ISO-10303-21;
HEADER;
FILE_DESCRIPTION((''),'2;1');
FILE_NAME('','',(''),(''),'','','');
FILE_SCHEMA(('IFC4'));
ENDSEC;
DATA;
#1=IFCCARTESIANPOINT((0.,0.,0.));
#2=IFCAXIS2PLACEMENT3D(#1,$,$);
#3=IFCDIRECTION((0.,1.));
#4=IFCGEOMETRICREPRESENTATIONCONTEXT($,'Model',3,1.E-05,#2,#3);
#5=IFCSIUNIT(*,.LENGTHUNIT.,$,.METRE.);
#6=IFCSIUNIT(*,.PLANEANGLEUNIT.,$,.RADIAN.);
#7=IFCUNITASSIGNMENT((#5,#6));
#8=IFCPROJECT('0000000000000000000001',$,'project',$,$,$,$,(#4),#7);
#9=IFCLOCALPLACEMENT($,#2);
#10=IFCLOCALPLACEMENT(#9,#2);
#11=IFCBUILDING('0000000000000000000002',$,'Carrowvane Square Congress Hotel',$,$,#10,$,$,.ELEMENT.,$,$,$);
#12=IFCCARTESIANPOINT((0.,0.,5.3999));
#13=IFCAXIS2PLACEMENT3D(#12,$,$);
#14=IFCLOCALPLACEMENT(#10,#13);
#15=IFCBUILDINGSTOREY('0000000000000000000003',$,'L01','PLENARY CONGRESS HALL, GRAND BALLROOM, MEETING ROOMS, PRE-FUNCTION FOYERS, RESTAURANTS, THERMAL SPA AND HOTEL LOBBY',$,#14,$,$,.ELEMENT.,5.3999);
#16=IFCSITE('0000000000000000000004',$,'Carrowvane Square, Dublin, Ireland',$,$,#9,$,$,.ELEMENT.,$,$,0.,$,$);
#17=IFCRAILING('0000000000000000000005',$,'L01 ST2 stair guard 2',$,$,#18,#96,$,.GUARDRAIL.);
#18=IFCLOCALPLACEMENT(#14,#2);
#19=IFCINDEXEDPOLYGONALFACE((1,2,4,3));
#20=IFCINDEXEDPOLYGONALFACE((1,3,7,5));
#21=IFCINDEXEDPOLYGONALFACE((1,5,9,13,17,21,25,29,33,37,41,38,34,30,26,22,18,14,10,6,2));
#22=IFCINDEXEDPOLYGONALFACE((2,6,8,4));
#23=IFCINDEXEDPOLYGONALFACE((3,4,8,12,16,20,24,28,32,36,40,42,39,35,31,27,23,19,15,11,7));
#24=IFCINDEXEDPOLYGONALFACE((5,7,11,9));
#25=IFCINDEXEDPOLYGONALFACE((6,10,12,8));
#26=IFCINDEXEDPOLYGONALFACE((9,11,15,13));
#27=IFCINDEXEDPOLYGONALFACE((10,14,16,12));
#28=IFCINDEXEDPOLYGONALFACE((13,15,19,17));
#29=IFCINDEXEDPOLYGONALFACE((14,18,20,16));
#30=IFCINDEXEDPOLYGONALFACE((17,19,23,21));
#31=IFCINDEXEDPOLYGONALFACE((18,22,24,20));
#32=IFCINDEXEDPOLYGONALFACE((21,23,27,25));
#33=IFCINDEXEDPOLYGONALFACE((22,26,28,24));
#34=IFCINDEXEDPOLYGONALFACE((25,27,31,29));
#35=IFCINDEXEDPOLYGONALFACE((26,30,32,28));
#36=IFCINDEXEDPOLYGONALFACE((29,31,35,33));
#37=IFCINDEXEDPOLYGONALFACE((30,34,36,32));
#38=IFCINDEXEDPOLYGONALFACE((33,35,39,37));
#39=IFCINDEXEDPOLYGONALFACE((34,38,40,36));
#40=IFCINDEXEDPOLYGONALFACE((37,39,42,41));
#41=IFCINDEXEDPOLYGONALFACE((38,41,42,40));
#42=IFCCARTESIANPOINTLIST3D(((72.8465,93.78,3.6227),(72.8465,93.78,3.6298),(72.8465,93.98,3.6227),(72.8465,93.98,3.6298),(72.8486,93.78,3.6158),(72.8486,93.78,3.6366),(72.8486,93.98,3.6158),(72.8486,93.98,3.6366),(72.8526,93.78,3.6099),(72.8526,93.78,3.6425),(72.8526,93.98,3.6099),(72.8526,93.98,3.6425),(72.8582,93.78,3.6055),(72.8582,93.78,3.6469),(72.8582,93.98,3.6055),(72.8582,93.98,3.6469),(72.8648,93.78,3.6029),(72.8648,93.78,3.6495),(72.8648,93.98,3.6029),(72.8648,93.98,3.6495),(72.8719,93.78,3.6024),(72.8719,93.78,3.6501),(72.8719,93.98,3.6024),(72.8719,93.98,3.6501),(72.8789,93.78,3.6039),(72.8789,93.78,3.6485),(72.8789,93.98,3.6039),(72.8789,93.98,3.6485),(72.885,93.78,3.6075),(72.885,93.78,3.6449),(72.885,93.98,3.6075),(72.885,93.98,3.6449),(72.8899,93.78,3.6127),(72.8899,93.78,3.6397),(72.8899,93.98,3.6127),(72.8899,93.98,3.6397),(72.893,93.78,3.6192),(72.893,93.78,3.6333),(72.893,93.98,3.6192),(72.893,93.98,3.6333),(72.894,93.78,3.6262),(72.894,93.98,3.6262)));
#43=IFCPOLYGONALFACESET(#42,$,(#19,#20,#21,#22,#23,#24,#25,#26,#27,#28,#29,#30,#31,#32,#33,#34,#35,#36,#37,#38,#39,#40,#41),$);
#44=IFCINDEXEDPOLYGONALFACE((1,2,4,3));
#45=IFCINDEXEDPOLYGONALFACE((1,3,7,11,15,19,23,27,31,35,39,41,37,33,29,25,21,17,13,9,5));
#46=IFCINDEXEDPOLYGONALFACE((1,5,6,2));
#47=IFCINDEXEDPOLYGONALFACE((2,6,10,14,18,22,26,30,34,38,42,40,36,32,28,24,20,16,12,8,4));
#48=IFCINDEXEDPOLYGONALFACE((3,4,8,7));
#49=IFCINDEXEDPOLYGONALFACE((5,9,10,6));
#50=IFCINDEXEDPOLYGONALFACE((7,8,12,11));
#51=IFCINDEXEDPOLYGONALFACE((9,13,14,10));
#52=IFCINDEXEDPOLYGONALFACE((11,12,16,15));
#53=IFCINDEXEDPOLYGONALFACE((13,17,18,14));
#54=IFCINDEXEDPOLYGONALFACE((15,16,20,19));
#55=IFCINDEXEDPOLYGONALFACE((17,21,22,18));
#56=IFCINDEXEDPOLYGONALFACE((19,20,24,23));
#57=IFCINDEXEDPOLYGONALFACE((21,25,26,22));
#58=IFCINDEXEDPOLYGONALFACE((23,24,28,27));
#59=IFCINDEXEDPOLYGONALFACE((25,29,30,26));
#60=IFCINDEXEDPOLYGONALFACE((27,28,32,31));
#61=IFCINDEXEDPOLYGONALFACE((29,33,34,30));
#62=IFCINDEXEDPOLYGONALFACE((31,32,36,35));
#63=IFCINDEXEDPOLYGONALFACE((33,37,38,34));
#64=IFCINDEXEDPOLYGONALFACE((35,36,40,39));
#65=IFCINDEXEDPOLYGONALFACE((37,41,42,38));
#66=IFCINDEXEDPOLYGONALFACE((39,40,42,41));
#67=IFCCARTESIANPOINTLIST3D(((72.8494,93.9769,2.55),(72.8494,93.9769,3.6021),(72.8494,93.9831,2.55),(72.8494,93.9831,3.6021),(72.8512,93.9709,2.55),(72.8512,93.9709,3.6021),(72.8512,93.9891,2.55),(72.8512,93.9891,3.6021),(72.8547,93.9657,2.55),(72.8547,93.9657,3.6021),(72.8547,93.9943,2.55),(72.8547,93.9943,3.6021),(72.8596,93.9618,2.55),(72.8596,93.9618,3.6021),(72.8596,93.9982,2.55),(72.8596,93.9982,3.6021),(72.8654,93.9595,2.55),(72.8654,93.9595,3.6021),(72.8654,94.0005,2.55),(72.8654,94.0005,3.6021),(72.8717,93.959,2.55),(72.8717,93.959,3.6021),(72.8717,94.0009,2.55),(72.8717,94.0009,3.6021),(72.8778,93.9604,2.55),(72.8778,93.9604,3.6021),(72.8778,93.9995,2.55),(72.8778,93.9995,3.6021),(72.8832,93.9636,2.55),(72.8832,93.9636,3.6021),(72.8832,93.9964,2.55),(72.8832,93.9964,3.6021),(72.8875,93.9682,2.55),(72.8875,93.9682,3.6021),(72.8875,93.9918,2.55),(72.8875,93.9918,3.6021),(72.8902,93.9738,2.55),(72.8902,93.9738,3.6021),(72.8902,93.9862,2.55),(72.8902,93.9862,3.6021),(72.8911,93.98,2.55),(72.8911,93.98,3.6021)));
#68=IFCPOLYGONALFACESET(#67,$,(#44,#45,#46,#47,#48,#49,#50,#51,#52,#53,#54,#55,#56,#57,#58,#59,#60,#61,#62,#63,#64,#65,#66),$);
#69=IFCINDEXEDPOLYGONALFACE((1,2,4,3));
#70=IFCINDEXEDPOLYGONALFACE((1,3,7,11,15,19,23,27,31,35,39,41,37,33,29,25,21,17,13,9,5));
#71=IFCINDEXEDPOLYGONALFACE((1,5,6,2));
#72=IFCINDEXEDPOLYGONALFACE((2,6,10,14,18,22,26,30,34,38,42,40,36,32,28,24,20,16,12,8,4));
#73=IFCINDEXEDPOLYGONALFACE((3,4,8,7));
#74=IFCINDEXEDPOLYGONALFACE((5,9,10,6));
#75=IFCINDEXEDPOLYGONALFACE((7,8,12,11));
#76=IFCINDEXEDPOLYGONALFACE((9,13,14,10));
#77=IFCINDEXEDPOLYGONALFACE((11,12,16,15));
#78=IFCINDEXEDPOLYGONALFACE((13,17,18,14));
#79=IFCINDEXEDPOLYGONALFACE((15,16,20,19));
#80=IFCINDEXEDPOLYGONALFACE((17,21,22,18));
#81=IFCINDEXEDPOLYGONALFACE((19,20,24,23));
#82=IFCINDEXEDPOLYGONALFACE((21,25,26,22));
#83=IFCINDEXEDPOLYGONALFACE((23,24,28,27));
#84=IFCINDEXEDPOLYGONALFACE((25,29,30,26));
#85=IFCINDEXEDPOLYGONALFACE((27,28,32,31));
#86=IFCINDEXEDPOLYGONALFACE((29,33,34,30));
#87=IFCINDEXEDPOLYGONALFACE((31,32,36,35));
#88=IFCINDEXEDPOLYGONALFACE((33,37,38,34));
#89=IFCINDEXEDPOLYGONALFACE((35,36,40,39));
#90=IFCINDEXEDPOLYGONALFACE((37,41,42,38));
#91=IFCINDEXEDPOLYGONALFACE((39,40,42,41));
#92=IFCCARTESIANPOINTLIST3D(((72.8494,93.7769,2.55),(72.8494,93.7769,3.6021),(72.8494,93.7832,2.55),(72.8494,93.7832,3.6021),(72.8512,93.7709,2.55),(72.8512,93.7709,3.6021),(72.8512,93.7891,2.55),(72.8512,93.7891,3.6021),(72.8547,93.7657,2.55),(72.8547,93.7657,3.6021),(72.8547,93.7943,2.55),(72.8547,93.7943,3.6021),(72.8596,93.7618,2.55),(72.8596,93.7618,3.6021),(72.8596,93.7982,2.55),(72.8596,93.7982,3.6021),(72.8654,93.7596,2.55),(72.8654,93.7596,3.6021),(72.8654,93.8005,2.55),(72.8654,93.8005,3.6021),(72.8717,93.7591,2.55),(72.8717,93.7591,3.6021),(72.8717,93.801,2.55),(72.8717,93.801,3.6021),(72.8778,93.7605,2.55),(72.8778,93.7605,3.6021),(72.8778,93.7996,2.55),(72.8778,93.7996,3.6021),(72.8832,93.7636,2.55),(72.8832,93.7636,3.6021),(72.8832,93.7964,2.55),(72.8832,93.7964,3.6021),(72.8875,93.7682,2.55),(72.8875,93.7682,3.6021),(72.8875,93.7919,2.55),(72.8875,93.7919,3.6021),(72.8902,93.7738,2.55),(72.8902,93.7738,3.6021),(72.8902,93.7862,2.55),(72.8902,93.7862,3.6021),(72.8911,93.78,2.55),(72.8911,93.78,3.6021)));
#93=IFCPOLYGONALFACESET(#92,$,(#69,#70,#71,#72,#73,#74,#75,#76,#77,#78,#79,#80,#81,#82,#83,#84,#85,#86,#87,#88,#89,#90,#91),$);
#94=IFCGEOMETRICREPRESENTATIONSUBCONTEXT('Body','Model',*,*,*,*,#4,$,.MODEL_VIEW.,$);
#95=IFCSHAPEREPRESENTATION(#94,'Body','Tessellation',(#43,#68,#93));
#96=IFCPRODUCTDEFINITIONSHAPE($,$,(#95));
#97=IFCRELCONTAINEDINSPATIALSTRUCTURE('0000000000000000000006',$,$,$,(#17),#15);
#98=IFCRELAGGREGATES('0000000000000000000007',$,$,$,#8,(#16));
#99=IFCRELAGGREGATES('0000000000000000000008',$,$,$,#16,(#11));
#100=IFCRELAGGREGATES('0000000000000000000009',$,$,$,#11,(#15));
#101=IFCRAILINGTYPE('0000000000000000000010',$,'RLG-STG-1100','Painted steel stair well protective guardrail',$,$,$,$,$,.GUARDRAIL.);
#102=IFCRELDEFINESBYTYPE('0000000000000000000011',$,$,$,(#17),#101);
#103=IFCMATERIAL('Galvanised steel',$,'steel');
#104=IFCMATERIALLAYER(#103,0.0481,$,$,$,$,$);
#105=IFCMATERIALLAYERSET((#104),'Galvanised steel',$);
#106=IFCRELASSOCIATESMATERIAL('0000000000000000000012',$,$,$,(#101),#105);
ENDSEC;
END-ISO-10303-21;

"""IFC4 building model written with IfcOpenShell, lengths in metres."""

from ifc_helpers import new_model, si_unit, direction, frame, origin, origin_2d, place, context, subcontext, project, spatial, circle, extrude, material, layer, layer_set, type_object, element, save


model = new_model("IFC4")

# Units and contexts
model_context = context("Model", 3, precision=1e-05, world=origin(), true_north=direction((0.0, 1.0)))
body_context = subcontext(model_context, "Body", "Model", "MODEL_VIEW")
ifc_project = project(units=[si_unit("LENGTHUNIT", "METRE"), si_unit("PLANEANGLEUNIT", "RADIAN")], contexts=[model_context])

# Site, building, storey
site_placement = place(None, origin())
site = spatial("IfcSite", under=ifc_project, at=site_placement, Name="Carrowvane Square, Dublin, Ireland", CompositionType="ELEMENT", RefElevation=0.0)
building_placement = place(site_placement, origin())
building = spatial("IfcBuilding", under=site, at=building_placement, Name="Carrowvane Square Congress Hotel", CompositionType="ELEMENT")
storey_placement = place(building_placement, frame((0.0, 0.0, 5.3999)))
storey = spatial("IfcBuildingStorey", under=building, at=storey_placement, Name="L01", Description="PLENARY CONGRESS HALL, GRAND BALLROOM, MEETING ROOMS, PRE-FUNCTION FOYERS, RESTAURANTS, THERMAL SPA AND HOTEL LOBBY", CompositionType="ELEMENT", Elevation=5.3999)

# Railing
ifc_material_1 = material(Name="Galvanised steel", Category="steel")
ifc_layer_1 = layer(ifc_material_1, 0.0481)
ifc_layer_set_1 = layer_set([ifc_layer_1], Name="Galvanised steel")
railing_type_1 = type_object("IfcRailingType", Name="RLG-STG-1100", Description="Painted steel stair well protective guardrail", PredefinedType="GUARDRAIL", material=ifc_layer_set_1)
railing_1_placement = place(storey_placement, frame((72.8701, 93.98, 2.55)))
element("IfcRailing", 1, at=railing_1_placement, inside=storey, type_object=railing_type_1, Name="L01 ST2 stair guard 2", PredefinedType="GUARDRAIL", context=body_context, shape_type="SweptSolid", body=[
    extrude(circle(Radius=0.0239, at=origin_2d()), frame((0.0, 0.0, 1.0762), z_axis=(0.0, -1.0, 0.0), x_axis=(1.0, 0.0, 0.0)), (0.0, 0.0, 1.0), 0.2),
    extrude(circle(Radius=0.021, at=origin_2d()), origin(), (0.0, 0.0, 1.0), 1.052),
    extrude(circle(Radius=0.021, at=origin_2d()), frame((0.0, -0.2, 0.0)), (0.0, 0.0, 1.0), 1.052),
])

save(model, "model.ifc")
